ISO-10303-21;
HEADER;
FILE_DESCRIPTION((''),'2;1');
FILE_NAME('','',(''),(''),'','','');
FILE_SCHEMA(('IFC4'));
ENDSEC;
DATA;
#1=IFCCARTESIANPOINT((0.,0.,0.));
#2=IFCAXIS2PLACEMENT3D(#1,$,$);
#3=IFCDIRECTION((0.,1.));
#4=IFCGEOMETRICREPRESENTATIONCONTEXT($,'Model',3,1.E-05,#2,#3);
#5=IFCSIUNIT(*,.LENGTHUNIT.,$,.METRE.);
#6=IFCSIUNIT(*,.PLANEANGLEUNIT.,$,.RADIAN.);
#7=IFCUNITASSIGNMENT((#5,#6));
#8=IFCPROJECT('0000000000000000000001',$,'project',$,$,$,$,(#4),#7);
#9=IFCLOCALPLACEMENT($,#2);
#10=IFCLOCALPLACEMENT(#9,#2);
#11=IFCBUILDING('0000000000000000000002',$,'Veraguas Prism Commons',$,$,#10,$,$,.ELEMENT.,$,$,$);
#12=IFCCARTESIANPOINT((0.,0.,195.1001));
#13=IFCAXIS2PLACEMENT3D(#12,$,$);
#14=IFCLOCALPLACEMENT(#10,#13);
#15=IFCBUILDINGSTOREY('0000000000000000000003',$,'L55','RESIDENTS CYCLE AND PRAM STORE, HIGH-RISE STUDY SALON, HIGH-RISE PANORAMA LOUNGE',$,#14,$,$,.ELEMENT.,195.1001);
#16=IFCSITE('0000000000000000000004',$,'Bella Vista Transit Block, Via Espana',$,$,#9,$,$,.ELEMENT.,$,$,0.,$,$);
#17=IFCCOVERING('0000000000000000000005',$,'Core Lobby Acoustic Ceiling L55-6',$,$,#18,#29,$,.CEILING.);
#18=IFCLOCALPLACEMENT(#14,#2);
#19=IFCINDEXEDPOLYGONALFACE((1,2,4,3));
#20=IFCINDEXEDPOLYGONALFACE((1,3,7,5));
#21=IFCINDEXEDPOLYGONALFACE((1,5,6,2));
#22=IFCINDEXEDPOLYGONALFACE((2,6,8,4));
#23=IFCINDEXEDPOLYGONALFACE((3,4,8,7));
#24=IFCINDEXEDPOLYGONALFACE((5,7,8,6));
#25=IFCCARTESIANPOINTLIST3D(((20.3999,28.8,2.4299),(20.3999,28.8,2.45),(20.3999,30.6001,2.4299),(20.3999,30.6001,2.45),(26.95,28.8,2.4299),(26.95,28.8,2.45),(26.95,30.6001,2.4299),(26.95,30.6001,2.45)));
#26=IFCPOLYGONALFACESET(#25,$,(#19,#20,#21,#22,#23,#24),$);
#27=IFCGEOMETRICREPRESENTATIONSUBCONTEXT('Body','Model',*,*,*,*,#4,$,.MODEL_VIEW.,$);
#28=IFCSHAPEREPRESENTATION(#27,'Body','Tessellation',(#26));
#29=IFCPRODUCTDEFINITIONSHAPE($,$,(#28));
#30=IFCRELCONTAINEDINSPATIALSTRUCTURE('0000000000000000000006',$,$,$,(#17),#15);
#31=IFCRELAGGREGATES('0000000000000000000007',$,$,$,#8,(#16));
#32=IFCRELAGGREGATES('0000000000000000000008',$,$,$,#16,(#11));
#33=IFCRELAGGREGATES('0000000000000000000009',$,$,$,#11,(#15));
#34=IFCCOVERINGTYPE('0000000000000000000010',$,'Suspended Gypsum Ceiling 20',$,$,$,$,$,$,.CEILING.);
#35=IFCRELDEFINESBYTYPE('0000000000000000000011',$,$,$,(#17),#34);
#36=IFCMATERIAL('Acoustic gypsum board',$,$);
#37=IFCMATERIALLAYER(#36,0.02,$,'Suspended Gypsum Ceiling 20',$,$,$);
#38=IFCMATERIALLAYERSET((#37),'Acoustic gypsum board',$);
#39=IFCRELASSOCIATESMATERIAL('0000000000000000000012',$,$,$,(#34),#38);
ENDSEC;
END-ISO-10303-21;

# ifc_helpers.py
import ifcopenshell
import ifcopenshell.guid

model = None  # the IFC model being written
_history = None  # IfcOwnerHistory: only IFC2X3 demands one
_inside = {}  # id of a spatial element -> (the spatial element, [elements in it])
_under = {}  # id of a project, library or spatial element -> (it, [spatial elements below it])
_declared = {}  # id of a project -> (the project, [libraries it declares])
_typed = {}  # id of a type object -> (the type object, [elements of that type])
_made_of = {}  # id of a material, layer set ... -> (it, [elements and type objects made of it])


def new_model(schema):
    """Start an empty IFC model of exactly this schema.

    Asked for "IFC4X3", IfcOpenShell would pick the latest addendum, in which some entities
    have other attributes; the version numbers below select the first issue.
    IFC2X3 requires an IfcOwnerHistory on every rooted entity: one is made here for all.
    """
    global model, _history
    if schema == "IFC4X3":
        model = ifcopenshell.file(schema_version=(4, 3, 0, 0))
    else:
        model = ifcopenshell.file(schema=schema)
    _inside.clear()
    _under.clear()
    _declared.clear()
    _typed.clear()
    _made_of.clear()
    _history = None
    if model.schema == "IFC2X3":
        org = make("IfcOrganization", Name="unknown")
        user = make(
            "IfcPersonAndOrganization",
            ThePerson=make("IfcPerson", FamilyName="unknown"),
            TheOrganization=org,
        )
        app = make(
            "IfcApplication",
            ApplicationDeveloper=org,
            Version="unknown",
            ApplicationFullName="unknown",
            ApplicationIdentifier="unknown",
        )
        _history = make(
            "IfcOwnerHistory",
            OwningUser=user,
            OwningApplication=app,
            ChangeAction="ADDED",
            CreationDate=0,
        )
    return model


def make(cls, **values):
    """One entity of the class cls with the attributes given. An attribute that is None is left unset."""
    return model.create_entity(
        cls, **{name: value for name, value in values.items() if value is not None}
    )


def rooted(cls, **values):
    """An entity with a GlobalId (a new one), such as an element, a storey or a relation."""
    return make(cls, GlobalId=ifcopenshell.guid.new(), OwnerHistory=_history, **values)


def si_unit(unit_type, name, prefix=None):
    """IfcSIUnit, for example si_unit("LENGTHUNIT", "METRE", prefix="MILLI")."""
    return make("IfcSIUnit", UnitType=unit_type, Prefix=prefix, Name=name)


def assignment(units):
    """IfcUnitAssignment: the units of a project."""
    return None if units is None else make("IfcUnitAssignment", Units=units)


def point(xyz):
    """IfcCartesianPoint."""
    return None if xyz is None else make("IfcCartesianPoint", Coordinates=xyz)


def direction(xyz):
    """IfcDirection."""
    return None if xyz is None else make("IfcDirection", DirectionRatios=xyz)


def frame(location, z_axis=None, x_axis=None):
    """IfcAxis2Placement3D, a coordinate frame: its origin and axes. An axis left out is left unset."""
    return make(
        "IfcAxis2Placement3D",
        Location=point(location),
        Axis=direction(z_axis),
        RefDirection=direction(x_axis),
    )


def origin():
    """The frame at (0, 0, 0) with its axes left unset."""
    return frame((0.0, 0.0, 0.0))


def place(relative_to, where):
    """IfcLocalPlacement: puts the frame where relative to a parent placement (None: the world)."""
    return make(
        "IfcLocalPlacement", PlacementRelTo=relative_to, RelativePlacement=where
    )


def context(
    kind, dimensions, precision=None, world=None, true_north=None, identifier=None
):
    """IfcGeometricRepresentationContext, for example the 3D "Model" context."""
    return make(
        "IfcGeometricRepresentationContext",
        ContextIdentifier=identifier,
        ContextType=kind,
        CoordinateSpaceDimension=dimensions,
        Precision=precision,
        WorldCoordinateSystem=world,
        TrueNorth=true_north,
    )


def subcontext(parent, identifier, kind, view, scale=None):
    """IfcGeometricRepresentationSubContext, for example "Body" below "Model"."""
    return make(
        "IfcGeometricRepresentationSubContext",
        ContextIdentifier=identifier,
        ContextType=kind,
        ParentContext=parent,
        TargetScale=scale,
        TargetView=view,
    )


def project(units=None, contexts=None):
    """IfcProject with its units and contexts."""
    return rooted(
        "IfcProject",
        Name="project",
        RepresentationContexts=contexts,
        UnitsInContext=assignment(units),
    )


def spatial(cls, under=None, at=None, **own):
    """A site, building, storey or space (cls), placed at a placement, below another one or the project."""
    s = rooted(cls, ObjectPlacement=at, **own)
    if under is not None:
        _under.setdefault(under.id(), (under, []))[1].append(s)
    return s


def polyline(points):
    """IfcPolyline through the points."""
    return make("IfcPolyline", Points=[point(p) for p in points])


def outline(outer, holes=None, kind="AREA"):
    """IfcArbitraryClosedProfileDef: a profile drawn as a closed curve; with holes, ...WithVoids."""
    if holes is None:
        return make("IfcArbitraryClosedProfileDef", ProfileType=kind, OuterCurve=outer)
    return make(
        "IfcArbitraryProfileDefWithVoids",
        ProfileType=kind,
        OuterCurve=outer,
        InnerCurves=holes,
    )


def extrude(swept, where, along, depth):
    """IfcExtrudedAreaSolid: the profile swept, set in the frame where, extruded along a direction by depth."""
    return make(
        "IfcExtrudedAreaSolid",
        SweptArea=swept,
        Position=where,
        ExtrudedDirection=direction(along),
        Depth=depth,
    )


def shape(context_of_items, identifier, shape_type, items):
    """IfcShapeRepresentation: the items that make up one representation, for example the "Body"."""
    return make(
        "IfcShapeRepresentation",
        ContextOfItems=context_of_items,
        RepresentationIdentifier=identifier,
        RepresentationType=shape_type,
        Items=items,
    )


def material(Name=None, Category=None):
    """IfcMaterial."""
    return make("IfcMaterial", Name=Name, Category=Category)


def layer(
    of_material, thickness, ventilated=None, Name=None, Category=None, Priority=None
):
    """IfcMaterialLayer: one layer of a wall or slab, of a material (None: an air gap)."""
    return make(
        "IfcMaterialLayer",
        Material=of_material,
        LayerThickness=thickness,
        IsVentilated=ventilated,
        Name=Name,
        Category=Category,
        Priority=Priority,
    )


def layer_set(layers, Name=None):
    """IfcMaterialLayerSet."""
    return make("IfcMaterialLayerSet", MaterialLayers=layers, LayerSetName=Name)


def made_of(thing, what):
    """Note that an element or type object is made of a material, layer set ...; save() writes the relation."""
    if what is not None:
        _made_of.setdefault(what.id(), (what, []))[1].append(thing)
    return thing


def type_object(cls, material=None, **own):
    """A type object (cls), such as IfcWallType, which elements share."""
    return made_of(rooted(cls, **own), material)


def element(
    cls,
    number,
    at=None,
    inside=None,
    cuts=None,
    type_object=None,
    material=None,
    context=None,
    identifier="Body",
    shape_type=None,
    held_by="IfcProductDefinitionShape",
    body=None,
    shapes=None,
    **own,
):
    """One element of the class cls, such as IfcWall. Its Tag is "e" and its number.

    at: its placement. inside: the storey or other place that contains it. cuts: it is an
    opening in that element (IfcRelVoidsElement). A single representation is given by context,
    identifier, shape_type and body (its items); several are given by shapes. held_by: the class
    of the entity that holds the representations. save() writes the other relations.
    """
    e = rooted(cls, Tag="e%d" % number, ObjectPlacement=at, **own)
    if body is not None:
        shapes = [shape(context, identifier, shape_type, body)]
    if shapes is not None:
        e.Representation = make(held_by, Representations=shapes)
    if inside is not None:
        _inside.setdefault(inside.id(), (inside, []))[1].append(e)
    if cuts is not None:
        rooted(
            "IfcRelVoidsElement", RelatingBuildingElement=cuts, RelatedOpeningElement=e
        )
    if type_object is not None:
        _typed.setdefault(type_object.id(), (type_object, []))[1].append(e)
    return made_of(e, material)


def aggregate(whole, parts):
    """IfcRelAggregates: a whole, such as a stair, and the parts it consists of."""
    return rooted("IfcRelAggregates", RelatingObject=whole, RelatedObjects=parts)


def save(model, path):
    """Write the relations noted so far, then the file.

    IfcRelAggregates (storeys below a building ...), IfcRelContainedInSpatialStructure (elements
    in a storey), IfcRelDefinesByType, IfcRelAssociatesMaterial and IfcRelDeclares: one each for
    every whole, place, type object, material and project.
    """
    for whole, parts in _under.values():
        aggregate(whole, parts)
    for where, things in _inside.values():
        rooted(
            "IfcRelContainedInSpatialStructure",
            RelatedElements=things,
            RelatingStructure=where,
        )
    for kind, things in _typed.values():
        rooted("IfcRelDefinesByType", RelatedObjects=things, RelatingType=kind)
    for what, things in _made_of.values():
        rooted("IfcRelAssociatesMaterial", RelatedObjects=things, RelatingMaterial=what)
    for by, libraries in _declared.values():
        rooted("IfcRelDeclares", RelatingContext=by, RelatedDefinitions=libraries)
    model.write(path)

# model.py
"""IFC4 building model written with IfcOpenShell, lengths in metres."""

from ifc_helpers import new_model, si_unit, direction, frame, origin, place, context, subcontext, project, spatial, polyline, outline, extrude, material, layer, layer_set, type_object, element, save


model = new_model("IFC4")

# Units and contexts
model_context = context("Model", 3, precision=1e-05, world=origin(), true_north=direction((0.0, 1.0)))
body_context = subcontext(model_context, "Body", "Model", "MODEL_VIEW")
ifc_project = project(units=[si_unit("LENGTHUNIT", "METRE"), si_unit("PLANEANGLEUNIT", "RADIAN")], contexts=[model_context])

# Site, building, storey
site_placement = place(None, origin())
site = spatial("IfcSite", under=ifc_project, at=site_placement, Name="Bella Vista Transit Block, Via Espana", CompositionType="ELEMENT", RefElevation=0.0)
building_placement = place(site_placement, origin())
building = spatial("IfcBuilding", under=site, at=building_placement, Name="Veraguas Prism Commons", CompositionType="ELEMENT")
storey_placement = place(building_placement, frame((0.0, 0.0, 195.1001)))
storey = spatial("IfcBuildingStorey", under=building, at=storey_placement, Name="L55", Description="RESIDENTS CYCLE AND PRAM STORE, HIGH-RISE STUDY SALON, HIGH-RISE PANORAMA LOUNGE", CompositionType="ELEMENT", Elevation=195.1001)

# Covering
ifc_material_1 = material(Name="Acoustic gypsum board")
ifc_layer_1 = layer(ifc_material_1, 0.02, Name="Suspended Gypsum Ceiling 20")
ifc_layer_set_1 = layer_set([ifc_layer_1], Name="Acoustic gypsum board")
covering_type_1 = type_object("IfcCoveringType", Name="Suspended Gypsum Ceiling 20", PredefinedType="CEILING", material=ifc_layer_set_1)
covering_1_placement = place(storey_placement, frame((0.0, 0.0, 2.4299)))
element("IfcCovering", 1, at=covering_1_placement, inside=storey, type_object=covering_type_1, Name="Core Lobby Acoustic Ceiling L55-6", PredefinedType="CEILING", context=body_context, shape_type="SweptSolid", body=[
    extrude(outline(polyline([(20.3999, 28.8), (26.95, 28.8), (26.95, 30.6001), (20.3999, 30.6001), (20.3999, 28.8)])), origin(), (0.0, 0.0, 1.0), 0.02),
])

save(model, "model.ifc")
